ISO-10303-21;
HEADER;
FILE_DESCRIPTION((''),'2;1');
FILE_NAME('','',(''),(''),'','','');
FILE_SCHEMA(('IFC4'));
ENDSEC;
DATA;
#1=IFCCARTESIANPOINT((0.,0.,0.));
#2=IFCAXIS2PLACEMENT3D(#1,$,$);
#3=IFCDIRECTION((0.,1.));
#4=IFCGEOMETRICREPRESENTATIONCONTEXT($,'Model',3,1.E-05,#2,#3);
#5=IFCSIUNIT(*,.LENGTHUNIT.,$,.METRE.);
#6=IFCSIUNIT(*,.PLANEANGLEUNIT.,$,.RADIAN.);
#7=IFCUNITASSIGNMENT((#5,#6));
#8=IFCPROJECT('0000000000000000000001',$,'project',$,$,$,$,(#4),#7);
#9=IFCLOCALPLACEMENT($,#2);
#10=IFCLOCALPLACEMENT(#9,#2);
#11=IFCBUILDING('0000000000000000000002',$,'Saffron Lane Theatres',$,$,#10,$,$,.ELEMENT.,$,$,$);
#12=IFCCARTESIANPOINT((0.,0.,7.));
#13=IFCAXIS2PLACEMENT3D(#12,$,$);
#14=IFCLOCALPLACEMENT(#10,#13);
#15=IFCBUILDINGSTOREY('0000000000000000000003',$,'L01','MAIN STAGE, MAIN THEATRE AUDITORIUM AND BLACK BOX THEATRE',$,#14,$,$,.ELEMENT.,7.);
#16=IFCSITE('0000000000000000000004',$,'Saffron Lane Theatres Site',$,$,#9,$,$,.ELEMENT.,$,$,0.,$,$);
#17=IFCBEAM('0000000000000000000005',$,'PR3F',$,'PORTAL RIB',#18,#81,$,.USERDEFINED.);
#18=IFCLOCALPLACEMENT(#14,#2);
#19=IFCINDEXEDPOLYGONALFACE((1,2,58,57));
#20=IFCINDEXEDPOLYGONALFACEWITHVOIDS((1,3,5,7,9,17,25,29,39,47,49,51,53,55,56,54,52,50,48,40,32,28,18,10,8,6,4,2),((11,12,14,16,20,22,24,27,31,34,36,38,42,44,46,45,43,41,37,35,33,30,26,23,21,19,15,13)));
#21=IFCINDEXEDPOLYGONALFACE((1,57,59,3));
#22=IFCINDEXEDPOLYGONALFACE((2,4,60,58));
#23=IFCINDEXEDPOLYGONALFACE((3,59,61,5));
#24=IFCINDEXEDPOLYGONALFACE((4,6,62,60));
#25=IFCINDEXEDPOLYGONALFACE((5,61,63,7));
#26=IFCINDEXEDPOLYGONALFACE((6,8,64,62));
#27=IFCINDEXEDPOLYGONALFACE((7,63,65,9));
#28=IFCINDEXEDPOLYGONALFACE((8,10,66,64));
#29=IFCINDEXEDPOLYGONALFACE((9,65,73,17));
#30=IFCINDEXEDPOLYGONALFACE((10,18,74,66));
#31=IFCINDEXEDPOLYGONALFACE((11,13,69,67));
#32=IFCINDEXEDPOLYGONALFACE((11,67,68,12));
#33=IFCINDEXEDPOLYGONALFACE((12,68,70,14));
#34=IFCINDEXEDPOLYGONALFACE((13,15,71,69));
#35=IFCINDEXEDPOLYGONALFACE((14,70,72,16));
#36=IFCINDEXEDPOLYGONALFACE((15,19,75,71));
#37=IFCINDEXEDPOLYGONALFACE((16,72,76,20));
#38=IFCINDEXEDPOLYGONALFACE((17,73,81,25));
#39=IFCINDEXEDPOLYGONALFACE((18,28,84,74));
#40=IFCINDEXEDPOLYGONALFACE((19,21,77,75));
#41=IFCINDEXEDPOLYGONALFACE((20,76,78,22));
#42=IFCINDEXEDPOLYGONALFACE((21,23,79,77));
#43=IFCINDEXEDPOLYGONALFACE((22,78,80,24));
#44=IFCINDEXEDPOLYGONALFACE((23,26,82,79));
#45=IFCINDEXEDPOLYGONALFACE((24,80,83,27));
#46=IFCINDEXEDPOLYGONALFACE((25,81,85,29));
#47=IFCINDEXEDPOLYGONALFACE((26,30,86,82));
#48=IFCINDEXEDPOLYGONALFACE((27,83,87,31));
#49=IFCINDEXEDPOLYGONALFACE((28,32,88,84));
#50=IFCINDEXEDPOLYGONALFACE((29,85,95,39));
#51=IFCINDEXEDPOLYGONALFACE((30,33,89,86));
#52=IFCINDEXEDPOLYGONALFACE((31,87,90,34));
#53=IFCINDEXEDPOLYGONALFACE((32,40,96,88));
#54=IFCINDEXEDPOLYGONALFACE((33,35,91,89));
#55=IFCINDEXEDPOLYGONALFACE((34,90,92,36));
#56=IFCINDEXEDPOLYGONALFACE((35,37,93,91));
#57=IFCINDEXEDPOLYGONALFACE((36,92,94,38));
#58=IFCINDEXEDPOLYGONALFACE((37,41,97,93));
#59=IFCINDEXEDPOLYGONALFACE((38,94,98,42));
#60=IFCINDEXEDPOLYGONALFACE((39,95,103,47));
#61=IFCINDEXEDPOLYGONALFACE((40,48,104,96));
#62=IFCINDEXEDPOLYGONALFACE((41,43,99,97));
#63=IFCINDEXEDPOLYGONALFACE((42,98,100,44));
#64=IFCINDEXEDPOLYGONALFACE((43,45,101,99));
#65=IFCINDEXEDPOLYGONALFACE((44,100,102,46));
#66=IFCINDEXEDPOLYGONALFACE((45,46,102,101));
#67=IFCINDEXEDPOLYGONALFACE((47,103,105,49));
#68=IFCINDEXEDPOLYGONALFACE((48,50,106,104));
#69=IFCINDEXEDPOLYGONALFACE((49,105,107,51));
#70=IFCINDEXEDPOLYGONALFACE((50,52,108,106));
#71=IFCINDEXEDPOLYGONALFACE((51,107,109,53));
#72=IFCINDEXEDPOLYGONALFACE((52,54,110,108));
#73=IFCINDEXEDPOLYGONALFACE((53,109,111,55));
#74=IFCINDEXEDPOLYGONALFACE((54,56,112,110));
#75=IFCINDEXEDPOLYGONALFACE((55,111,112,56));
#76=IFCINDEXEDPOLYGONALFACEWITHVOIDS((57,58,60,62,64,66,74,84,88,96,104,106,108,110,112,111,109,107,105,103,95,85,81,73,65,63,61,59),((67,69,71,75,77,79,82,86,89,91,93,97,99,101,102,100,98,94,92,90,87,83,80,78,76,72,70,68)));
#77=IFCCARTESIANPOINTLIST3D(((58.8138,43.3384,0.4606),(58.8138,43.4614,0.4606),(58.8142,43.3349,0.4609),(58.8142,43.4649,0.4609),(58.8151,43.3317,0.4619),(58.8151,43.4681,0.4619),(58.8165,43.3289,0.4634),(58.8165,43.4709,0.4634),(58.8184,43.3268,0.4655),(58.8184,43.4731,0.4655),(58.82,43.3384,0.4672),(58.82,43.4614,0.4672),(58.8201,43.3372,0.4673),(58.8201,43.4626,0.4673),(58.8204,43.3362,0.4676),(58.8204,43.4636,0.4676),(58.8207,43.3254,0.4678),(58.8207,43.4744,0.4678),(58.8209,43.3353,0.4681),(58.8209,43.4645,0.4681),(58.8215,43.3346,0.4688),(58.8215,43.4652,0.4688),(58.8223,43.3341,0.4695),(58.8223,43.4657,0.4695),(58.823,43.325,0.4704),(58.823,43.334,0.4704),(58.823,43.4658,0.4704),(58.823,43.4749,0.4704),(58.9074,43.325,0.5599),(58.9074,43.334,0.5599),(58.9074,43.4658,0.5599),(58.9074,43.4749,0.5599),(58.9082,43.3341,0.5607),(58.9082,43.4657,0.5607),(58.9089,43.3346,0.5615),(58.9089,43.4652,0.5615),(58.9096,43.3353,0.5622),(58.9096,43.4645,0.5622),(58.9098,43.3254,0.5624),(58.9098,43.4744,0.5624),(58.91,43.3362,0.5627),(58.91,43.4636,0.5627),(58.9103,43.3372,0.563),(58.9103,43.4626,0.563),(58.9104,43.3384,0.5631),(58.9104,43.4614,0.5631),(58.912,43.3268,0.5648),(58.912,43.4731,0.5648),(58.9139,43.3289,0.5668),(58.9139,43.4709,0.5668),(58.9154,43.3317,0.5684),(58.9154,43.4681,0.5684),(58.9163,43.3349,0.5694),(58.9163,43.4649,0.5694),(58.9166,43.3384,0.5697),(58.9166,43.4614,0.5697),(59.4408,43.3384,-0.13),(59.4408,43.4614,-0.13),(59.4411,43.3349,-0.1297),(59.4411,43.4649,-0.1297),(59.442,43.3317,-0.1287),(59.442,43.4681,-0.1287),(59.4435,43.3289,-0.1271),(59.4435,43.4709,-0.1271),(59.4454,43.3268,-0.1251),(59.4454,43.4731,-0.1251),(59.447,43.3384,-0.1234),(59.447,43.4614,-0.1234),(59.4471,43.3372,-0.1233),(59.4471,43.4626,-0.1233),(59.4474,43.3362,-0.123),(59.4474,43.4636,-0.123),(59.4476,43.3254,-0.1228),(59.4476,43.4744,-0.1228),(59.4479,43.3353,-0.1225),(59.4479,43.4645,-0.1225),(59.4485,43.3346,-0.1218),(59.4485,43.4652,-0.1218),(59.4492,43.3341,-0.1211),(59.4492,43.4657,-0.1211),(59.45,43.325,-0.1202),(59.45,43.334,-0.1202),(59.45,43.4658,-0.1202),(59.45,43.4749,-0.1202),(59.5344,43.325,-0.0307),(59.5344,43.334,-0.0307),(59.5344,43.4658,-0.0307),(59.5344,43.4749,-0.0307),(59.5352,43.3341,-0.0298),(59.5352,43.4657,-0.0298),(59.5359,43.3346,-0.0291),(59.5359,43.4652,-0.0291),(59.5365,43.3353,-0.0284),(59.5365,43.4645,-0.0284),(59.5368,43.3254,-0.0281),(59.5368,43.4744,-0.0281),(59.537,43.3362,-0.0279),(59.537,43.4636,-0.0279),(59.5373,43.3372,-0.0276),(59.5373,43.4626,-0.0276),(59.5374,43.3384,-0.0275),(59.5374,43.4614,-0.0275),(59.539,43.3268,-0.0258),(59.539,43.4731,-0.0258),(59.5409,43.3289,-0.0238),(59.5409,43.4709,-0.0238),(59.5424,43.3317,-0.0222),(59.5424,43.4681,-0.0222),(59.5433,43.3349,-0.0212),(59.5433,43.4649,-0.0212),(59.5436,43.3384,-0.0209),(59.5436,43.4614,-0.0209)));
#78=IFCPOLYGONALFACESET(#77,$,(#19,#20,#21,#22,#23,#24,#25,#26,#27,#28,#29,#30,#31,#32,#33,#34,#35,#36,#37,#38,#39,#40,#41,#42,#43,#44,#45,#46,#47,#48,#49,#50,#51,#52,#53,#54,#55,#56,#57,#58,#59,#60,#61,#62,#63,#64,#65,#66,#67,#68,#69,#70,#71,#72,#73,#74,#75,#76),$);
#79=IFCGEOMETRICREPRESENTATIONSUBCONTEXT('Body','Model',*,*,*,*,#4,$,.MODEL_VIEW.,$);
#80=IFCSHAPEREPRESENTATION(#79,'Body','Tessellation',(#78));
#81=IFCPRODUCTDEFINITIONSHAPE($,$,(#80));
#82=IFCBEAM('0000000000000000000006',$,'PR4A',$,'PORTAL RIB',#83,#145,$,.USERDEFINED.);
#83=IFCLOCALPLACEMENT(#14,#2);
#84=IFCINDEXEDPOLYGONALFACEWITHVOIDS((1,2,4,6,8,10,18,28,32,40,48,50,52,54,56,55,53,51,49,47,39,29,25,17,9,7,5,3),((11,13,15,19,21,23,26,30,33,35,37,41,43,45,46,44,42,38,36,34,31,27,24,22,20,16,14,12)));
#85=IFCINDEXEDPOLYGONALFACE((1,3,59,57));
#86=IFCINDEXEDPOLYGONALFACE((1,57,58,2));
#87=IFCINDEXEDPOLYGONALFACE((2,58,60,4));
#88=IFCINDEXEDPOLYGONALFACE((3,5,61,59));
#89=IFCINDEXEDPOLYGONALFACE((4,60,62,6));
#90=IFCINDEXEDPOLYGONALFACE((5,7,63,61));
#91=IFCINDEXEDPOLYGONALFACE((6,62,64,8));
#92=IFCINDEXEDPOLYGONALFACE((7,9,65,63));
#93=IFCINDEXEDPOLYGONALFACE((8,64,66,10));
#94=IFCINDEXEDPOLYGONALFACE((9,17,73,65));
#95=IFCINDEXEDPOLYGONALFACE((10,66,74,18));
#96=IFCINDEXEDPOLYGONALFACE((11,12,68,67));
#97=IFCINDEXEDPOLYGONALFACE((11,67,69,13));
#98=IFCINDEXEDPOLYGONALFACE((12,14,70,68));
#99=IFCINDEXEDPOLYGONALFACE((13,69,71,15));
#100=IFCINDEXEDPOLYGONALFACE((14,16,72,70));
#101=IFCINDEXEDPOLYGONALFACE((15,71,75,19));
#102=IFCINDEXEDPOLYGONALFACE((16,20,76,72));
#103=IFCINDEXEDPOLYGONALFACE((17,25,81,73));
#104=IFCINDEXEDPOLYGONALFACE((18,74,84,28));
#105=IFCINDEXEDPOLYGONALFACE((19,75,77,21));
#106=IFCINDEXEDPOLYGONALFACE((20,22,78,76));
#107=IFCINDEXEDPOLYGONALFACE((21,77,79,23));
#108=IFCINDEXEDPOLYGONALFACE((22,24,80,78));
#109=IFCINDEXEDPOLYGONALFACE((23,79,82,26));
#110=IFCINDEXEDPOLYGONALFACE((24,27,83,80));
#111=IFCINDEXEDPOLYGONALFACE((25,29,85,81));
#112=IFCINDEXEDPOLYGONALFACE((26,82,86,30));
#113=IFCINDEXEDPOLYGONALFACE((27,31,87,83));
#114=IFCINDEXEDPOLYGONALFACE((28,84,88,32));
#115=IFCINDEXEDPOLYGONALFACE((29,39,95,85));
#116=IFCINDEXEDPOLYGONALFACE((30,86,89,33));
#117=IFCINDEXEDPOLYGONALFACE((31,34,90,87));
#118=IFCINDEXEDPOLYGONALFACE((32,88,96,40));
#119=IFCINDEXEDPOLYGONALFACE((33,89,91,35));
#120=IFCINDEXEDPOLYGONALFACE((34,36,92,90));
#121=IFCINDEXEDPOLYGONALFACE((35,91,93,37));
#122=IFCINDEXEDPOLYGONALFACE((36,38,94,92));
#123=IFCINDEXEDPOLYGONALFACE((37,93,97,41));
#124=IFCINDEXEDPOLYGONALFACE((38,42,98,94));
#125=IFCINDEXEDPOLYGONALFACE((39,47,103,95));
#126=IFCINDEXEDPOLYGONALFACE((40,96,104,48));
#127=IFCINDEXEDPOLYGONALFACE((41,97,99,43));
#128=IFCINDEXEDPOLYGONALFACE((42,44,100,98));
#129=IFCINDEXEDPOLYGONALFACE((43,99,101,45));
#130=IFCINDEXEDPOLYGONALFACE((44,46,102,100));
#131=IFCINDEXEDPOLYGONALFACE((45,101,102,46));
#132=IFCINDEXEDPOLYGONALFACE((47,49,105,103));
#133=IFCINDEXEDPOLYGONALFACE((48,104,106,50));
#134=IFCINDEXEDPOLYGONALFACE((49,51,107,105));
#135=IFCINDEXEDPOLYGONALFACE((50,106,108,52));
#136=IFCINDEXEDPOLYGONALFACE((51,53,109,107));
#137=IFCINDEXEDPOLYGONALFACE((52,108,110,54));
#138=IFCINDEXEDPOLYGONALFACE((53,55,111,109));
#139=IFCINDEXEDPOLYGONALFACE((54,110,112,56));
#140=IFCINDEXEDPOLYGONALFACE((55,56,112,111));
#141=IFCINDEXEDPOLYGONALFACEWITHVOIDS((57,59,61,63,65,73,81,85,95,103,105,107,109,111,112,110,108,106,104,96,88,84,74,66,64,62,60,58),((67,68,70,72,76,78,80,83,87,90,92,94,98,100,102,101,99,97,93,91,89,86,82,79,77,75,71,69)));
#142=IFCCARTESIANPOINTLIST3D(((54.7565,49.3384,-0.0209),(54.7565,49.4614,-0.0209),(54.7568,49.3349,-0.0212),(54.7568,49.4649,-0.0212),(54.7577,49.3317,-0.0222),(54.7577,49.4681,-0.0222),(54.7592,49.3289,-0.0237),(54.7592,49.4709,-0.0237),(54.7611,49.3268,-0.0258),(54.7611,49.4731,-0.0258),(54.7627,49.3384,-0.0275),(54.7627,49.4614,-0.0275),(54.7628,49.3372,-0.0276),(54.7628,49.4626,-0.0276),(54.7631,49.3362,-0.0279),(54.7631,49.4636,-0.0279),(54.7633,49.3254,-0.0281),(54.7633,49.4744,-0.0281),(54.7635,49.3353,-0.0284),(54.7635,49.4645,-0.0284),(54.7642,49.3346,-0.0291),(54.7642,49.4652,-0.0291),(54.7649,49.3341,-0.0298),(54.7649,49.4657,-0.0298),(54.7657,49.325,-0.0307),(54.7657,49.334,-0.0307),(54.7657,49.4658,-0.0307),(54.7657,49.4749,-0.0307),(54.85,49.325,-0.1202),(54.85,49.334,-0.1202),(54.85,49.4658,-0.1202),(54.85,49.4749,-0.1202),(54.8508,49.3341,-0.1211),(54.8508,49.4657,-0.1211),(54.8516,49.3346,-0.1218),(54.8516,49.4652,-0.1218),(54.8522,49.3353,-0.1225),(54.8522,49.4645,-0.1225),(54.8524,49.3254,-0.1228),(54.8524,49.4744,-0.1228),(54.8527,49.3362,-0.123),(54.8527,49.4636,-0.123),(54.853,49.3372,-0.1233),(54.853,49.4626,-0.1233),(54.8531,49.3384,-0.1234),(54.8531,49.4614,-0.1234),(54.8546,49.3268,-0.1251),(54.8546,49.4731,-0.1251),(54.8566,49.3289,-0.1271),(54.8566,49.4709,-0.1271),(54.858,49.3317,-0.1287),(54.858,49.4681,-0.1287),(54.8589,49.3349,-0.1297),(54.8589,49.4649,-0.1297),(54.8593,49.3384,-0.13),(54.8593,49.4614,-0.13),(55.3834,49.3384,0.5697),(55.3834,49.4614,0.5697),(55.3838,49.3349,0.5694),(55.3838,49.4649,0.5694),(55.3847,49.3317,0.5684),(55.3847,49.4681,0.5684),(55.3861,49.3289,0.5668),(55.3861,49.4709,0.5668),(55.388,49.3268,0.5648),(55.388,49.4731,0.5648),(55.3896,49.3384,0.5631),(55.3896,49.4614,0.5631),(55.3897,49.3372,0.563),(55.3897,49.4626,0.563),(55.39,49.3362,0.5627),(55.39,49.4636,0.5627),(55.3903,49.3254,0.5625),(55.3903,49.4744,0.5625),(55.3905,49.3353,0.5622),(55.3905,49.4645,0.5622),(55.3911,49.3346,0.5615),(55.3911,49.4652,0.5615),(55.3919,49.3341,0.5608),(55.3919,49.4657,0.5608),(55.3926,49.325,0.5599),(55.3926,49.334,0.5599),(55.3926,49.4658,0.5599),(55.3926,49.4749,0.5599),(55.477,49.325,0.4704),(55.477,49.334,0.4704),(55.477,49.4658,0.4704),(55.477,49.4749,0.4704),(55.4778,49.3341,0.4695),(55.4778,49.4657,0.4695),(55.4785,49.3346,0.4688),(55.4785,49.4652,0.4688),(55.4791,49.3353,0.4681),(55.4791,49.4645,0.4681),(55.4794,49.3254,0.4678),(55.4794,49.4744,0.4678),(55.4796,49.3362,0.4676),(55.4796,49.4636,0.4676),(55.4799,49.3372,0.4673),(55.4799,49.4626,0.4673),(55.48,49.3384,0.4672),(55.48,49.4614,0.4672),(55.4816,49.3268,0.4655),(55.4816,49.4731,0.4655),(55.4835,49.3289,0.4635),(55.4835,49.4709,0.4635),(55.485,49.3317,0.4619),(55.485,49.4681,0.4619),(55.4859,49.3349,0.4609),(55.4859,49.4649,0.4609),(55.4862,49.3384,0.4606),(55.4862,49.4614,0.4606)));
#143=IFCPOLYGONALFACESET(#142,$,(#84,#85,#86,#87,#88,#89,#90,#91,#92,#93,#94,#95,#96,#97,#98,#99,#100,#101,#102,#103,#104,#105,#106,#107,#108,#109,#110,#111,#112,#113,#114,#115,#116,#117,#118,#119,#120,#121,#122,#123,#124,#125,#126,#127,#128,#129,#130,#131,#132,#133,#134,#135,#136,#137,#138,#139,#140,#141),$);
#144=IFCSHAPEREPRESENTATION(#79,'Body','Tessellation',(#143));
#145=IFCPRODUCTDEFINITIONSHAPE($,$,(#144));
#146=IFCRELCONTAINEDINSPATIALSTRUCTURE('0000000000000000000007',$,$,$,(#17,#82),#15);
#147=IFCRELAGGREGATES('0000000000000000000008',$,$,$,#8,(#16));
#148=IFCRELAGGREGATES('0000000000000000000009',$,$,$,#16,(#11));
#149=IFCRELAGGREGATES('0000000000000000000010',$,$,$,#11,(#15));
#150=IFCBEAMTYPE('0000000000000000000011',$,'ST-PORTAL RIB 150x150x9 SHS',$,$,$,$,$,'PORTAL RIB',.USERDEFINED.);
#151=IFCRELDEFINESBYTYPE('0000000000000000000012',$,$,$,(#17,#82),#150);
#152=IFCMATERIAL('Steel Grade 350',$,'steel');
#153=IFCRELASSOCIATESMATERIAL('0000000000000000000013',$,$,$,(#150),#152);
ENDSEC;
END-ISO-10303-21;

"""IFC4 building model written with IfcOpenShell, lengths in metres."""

from ifc_helpers import new_model, si_unit, direction, frame, origin, origin_2d, place, context, subcontext, project, spatial, hollow_rectangle, extrude, material, material_profile, profile_set, type_object, element, save


model = new_model("IFC4")

# Units and contexts
model_context = context("Model", 3, precision=1e-05, world=origin(), true_north=direction((0.0, 1.0)))
body_context = subcontext(model_context, "Body", "Model", "MODEL_VIEW")
ifc_project = project(units=[si_unit("LENGTHUNIT", "METRE"), si_unit("PLANEANGLEUNIT", "RADIAN")], contexts=[model_context])

# Site, building, storey
site_placement = place(None, origin())
site = spatial("IfcSite", under=ifc_project, at=site_placement, Name="Saffron Lane Theatres Site", CompositionType="ELEMENT", RefElevation=0.0)
building_placement = place(site_placement, origin())
building = spatial("IfcBuilding", under=site, at=building_placement, Name="Saffron Lane Theatres", CompositionType="ELEMENT")
storey_placement = place(building_placement, frame((0.0, 0.0, 7.0)))
storey = spatial("IfcBuildingStorey", under=building, at=storey_placement, Name="L01", Description="MAIN STAGE, MAIN THEATRE AUDITORIUM AND BLACK BOX THEATRE", CompositionType="ELEMENT", Elevation=7.0)

# Beams
ifc_material_1 = material(Name="Steel Grade 350", Category="steel")
ifc_material_profile_1 = material_profile(ifc_material_1, hollow_rectangle(XDim=0.1499, YDim=0.1499, WallThickness=0.009, InnerFilletRadius=0.0044, OuterFilletRadius=0.0134, at=origin_2d()))
ifc_profile_set_1 = profile_set([ifc_material_profile_1], Name="Steel Grade 350")
beam_type_1 = type_object("IfcBeamType", Name="ST-PORTAL RIB 150x150x9 SHS", ElementType="PORTAL RIB", PredefinedType="USERDEFINED", material=ifc_profile_set_1)
for number, where, z_axis, x_axis, name in (
    (1, (58.8652, 43.3999, 0.5151), (0.727909, 0.0, -0.685674), (0.0, 1.0, 0.0), "PR3F"),
    (2, (54.8079, 49.3999, -0.0754), (0.727909, 0.0, 0.685674), (0.0, 1.0, 0.0), "PR4A"),
):
    element("IfcBeam", number, at=place(storey_placement, frame(where, z_axis=z_axis, x_axis=x_axis)), inside=storey, type_object=beam_type_1, Name=name, ObjectType="PORTAL RIB", PredefinedType="USERDEFINED", context=body_context, shape_type="SweptSolid", body=[
        extrude(hollow_rectangle(XDim=0.1499, YDim=0.1499, WallThickness=0.009, InnerFilletRadius=0.0044, OuterFilletRadius=0.0134, at=origin_2d()), origin(), (0.0, 0.0, 1.0), 0.8613),
    ])

save(model, "model.ifc")
